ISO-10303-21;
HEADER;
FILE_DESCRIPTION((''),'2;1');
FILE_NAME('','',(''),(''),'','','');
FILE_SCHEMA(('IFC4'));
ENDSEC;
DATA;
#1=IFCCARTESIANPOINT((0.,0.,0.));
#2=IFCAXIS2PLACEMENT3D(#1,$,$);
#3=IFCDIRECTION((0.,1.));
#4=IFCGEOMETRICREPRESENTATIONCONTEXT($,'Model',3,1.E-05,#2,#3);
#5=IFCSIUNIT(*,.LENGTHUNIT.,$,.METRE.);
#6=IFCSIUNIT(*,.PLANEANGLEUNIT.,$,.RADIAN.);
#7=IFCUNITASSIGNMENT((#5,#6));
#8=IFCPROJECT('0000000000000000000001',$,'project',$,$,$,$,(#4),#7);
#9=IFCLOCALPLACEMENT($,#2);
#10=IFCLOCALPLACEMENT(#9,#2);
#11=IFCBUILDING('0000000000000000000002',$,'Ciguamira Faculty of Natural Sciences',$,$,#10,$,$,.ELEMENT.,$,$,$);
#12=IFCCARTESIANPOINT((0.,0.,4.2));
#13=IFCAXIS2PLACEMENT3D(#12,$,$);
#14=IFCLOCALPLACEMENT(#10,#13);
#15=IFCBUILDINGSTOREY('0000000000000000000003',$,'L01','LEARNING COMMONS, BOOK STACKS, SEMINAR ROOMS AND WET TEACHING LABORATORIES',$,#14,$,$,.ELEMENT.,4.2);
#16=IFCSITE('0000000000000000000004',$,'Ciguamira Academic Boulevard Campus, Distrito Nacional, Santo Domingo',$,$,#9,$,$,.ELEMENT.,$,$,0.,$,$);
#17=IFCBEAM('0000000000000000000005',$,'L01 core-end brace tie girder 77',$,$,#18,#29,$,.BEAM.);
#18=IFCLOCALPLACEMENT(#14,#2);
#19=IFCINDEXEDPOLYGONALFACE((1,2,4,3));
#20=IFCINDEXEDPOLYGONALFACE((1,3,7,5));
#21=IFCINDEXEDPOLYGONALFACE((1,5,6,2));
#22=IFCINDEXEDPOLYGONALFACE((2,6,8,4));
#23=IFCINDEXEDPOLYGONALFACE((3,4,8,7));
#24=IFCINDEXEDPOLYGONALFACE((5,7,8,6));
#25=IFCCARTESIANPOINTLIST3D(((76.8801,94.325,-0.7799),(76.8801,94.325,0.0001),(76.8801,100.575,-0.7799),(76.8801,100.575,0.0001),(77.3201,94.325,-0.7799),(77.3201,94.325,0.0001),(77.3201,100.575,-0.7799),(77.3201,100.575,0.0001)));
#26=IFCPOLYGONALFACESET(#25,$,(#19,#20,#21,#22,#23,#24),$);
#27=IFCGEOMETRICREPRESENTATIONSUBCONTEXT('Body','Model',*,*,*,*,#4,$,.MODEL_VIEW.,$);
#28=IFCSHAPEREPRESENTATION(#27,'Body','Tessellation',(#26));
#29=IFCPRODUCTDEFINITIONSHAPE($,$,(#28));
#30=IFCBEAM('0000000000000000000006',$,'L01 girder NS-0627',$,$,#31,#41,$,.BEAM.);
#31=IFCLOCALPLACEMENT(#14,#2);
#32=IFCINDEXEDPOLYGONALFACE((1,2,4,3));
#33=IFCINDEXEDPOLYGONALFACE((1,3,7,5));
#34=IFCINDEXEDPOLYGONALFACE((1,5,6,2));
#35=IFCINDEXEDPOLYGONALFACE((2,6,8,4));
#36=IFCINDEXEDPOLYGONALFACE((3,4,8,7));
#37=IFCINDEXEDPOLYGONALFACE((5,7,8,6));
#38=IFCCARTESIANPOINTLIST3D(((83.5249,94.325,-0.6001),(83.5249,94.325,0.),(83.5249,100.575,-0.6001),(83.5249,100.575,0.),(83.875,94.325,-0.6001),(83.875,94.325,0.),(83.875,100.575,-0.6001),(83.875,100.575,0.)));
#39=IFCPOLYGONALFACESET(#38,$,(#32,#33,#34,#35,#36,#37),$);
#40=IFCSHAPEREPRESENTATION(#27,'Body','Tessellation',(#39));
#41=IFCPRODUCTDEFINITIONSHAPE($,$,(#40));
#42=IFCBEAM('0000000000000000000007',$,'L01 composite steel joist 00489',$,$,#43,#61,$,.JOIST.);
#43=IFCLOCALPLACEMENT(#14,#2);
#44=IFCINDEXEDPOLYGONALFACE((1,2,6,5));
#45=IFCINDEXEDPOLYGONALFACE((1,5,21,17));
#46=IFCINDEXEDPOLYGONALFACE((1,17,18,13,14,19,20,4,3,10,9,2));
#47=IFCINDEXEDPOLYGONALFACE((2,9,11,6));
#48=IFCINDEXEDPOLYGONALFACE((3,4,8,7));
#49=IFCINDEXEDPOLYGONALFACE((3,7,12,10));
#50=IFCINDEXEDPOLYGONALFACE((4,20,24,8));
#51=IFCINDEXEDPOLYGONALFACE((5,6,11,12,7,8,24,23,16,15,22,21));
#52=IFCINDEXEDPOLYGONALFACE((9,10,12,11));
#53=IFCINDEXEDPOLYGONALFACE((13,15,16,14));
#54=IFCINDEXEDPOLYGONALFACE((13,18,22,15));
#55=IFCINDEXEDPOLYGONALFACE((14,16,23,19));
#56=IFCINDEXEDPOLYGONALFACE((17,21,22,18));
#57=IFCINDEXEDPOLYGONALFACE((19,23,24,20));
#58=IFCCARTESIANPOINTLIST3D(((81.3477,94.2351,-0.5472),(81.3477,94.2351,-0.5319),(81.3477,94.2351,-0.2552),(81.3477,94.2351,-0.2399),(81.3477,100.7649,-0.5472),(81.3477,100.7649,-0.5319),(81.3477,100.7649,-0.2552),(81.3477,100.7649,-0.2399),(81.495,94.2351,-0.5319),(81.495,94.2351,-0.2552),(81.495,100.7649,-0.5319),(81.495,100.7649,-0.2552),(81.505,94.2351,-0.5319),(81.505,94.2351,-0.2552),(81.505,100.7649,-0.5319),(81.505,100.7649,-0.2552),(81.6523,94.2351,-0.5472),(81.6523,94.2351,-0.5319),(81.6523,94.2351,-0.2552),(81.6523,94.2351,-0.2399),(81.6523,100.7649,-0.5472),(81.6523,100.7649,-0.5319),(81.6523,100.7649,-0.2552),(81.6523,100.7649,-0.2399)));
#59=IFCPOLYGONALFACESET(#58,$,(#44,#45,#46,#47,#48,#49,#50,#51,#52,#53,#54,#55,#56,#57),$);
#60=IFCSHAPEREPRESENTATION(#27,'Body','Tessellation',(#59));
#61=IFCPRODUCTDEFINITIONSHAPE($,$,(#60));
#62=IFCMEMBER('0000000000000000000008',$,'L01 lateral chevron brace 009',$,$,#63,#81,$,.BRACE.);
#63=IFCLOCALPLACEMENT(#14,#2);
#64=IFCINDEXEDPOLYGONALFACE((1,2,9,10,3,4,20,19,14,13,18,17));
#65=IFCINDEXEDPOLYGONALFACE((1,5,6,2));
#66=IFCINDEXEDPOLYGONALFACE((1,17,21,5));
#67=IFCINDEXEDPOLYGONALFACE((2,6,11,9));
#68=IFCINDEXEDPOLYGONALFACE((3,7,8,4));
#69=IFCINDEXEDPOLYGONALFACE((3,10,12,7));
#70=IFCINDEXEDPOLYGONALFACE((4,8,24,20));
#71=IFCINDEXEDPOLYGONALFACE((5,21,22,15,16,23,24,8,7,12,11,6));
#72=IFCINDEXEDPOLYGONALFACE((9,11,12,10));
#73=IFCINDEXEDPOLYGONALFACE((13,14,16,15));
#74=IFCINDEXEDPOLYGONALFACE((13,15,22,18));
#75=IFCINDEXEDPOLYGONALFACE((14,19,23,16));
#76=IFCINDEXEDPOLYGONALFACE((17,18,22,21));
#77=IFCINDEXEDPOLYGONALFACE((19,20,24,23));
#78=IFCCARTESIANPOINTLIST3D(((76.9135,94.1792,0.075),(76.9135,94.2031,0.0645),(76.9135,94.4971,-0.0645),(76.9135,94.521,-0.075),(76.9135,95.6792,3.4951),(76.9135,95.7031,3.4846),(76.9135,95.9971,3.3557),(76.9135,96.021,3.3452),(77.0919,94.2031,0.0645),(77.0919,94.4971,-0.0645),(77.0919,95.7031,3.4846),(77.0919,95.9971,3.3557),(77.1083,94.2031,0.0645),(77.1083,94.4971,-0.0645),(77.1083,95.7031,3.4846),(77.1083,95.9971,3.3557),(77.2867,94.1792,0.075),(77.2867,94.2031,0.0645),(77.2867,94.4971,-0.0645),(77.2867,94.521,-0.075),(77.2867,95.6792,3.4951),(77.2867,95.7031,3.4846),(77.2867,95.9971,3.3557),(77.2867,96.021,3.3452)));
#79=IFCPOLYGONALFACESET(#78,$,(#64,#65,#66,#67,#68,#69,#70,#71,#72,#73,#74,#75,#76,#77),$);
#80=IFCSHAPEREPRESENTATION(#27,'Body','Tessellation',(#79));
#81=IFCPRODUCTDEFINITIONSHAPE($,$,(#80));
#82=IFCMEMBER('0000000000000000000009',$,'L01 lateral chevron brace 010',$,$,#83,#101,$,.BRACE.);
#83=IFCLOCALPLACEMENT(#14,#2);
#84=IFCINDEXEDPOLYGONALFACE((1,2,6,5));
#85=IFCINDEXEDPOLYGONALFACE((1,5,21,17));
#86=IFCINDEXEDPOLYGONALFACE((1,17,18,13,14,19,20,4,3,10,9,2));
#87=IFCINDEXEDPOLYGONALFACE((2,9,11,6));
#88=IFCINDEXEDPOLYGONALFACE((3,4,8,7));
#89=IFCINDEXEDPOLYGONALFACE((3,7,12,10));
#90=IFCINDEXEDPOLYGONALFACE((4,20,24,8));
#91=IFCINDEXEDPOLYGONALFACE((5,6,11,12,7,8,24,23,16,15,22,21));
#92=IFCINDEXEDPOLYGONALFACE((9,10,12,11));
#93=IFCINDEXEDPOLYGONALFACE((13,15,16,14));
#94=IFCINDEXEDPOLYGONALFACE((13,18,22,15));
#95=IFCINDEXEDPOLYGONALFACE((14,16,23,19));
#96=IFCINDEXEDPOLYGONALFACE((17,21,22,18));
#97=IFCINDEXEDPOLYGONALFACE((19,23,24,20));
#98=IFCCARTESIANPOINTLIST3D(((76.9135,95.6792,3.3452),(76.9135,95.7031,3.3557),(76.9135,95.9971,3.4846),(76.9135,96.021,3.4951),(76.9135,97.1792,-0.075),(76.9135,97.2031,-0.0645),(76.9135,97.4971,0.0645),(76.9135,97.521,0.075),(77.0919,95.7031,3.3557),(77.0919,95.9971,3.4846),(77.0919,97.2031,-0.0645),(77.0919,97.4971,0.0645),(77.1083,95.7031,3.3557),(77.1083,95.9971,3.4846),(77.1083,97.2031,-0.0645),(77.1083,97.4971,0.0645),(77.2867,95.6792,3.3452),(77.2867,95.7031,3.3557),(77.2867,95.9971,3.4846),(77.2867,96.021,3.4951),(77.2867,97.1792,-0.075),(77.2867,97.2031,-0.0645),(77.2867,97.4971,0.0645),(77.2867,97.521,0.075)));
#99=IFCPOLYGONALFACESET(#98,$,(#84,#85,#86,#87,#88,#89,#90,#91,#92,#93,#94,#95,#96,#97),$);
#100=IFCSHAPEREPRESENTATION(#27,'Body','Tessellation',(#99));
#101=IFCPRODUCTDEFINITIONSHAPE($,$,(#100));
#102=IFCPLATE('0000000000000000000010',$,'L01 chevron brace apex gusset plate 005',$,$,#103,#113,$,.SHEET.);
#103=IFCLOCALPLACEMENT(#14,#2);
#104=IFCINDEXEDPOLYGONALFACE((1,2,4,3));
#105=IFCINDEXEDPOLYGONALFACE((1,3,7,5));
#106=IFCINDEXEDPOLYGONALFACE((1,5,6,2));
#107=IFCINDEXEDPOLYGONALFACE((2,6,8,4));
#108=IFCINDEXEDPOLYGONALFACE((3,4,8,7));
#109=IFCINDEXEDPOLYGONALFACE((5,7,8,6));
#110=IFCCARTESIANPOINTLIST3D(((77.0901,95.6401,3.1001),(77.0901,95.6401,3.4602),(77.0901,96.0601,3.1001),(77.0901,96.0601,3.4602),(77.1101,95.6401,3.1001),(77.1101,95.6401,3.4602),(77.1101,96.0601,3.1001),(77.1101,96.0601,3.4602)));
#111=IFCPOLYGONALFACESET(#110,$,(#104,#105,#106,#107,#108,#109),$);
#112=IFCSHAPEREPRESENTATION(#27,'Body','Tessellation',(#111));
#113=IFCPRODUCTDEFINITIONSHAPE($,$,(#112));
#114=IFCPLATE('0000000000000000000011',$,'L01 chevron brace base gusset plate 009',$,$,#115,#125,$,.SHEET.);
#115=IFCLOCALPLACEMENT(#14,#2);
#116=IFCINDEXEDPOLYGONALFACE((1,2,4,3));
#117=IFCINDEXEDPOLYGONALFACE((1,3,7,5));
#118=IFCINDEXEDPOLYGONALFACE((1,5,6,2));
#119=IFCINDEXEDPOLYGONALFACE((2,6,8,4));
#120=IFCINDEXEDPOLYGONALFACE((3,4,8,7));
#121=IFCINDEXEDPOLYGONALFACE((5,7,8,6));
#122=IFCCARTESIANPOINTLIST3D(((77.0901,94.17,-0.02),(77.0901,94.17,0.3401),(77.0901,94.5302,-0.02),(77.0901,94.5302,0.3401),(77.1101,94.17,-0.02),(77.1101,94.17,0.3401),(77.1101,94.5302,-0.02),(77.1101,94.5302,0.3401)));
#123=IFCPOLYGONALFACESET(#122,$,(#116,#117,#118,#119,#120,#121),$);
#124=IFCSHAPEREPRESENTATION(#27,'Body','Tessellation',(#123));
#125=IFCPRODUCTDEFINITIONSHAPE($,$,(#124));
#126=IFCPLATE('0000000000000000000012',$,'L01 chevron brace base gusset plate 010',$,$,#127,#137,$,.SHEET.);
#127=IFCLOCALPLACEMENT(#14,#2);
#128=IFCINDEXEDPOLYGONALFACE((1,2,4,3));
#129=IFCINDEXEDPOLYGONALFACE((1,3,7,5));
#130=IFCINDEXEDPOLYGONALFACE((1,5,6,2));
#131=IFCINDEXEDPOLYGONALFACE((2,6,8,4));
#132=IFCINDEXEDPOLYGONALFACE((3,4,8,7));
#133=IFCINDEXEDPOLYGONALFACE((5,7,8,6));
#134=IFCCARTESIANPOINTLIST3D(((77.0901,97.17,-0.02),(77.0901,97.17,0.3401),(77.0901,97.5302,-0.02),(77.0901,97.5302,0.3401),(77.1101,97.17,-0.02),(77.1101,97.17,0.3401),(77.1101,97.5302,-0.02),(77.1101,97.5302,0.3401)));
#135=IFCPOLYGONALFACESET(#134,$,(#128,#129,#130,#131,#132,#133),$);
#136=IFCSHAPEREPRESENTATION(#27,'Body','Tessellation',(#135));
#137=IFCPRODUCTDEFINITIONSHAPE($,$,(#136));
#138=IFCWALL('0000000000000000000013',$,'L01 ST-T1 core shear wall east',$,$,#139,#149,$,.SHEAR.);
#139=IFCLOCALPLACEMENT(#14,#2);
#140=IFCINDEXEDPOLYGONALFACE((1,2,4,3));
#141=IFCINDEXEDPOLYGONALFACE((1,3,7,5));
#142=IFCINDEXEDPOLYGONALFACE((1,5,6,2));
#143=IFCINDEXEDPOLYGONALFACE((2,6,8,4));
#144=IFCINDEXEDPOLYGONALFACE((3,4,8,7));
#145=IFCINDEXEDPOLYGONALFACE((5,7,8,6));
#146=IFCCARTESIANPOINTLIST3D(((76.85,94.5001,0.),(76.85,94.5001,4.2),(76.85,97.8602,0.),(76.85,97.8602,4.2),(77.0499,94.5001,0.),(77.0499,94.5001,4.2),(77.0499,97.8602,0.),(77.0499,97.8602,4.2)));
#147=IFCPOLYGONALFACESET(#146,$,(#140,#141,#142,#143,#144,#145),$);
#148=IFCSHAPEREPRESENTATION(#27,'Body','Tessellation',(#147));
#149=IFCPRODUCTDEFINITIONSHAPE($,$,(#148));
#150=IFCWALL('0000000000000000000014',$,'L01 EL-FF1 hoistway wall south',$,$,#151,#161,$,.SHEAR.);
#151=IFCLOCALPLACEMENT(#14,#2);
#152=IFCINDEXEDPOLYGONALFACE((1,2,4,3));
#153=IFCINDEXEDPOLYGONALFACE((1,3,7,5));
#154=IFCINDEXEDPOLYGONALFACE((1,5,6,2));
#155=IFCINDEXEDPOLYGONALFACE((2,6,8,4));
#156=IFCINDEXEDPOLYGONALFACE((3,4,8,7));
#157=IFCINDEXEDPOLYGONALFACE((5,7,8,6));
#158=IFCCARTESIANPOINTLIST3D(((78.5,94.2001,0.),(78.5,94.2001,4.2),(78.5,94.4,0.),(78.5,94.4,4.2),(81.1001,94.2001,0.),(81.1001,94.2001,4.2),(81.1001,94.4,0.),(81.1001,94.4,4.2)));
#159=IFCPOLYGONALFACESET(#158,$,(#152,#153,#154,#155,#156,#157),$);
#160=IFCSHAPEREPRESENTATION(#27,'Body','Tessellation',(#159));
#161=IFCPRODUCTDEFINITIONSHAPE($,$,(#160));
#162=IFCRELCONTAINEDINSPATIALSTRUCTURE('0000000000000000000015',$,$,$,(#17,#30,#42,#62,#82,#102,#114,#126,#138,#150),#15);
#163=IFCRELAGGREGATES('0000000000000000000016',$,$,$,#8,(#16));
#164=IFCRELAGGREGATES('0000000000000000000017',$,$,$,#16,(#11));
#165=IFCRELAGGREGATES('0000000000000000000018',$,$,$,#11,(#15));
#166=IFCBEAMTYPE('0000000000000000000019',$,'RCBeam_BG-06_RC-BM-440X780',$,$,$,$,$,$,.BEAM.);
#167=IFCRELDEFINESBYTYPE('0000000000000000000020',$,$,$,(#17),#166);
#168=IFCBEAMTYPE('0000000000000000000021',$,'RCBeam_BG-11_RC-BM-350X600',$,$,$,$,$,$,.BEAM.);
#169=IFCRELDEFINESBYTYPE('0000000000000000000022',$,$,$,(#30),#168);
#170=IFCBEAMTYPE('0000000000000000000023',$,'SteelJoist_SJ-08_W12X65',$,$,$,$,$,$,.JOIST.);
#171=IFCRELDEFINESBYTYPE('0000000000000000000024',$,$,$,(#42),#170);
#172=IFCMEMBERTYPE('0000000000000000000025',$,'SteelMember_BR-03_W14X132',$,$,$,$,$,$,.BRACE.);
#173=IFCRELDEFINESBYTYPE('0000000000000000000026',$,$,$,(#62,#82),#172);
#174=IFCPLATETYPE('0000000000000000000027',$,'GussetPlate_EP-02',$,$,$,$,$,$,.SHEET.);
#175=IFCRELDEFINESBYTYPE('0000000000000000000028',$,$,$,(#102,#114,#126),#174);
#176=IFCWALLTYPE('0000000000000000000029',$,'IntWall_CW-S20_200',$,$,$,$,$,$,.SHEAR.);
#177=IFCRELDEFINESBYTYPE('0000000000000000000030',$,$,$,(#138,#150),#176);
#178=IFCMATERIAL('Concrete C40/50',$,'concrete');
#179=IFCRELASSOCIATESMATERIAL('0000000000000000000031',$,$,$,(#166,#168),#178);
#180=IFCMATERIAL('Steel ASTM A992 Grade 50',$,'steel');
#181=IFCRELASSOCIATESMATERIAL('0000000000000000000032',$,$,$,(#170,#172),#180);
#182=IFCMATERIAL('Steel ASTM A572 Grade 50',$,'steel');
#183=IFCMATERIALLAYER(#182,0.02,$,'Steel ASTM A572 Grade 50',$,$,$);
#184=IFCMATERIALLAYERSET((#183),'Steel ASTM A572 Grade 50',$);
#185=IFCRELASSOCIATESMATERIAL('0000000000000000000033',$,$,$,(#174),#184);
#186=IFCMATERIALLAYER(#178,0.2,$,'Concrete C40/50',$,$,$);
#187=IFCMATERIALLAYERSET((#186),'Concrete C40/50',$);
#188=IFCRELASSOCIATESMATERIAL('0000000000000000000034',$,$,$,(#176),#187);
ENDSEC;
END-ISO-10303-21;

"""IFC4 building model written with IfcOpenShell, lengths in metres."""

from ifc_helpers import new_model, si_unit, direction, frame, frame_2d, origin, origin_2d, place, context, subcontext, project, spatial, rectangle, i_section, extrude, material, layer, layer_set, material_profile, profile_set, type_object, element, save


model = new_model("IFC4")

# Units and contexts
model_context = context("Model", 3, precision=1e-05, world=origin(), true_north=direction((0.0, 1.0)))
body_context = subcontext(model_context, "Body", "Model", "MODEL_VIEW")
ifc_project = project(units=[si_unit("LENGTHUNIT", "METRE"), si_unit("PLANEANGLEUNIT", "RADIAN")], contexts=[model_context])

# Site, building, storey
site_placement = place(None, origin())
site = spatial("IfcSite", under=ifc_project, at=site_placement, Name="Ciguamira Academic Boulevard Campus, Distrito Nacional, Santo Domingo", CompositionType="ELEMENT", RefElevation=0.0)
building_placement = place(site_placement, origin())
building = spatial("IfcBuilding", under=site, at=building_placement, Name="Ciguamira Faculty of Natural Sciences", CompositionType="ELEMENT")
storey_placement = place(building_placement, frame((0.0, 0.0, 4.2)))
storey = spatial("IfcBuildingStorey", under=building, at=storey_placement, Name="L01", Description="LEARNING COMMONS, BOOK STACKS, SEMINAR ROOMS AND WET TEACHING LABORATORIES", CompositionType="ELEMENT", Elevation=4.2)

# Beams
ifc_material_1 = material(Name="Concrete C40/50", Category="concrete")
ifc_material_profile_1 = material_profile(ifc_material_1, rectangle(XDim=0.4399, YDim=0.78, at=origin_2d()), Name="RC-BM-440X780")
ifc_profile_set_1 = profile_set([ifc_material_profile_1], Name="Concrete C40/50")
beam_type_1 = type_object("IfcBeamType", Name="RCBeam_BG-06_RC-BM-440X780", PredefinedType="BEAM", material=ifc_profile_set_1)
beam_1_placement = place(storey_placement, frame((77.1001, 94.325, -0.3899), z_axis=(0.0, 1.0, 0.0), x_axis=(-1.0, 0.0, 0.0)))
element("IfcBeam", 1, at=beam_1_placement, inside=storey, type_object=beam_type_1, Name="L01 core-end brace tie girder 77", PredefinedType="BEAM", context=body_context, shape_type="SweptSolid", body=[
    extrude(rectangle(XDim=0.4399, YDim=0.78, at=origin_2d()), origin(), (0.0, 0.0, 1.0), 6.25),
])
ifc_material_profile_2 = material_profile(ifc_material_1, rectangle(XDim=0.3501, YDim=0.6001, at=origin_2d()), Name="RC-BM-350X600")
ifc_profile_set_2 = profile_set([ifc_material_profile_2], Name="Concrete C40/50")
beam_type_2 = type_object("IfcBeamType", Name="RCBeam_BG-11_RC-BM-350X600", PredefinedType="BEAM", material=ifc_profile_set_2)
beam_2_placement = place(storey_placement, frame((83.7, 94.325, -0.3), z_axis=(0.0, 1.0, 0.0), x_axis=(-1.0, 0.0, 0.0)))
element("IfcBeam", 2, at=beam_2_placement, inside=storey, type_object=beam_type_2, Name="L01 girder NS-0627", PredefinedType="BEAM", context=body_context, shape_type="SweptSolid", body=[
    extrude(rectangle(XDim=0.3501, YDim=0.6001, at=origin_2d()), origin(), (0.0, 0.0, 1.0), 6.25),
])
ifc_material_2 = material(Name="Steel ASTM A992 Grade 50", Category="steel")
ifc_material_profile_3 = material_profile(ifc_material_2, i_section(OverallWidth=0.3047, OverallDepth=0.3074, WebThickness=0.01, FlangeThickness=0.0154, at=origin_2d()), Name="W12X65")
ifc_profile_set_3 = profile_set([ifc_material_profile_3], Name="Steel ASTM A992 Grade 50")
beam_type_3 = type_object("IfcBeamType", Name="SteelJoist_SJ-08_W12X65", PredefinedType="JOIST", material=ifc_profile_set_3)
beam_3_placement = place(storey_placement, frame((81.5, 94.2351, -0.3936), z_axis=(0.0, 1.0, 0.0), x_axis=(-1.0, 0.0, 0.0)))
element("IfcBeam", 3, at=beam_3_placement, inside=storey, type_object=beam_type_3, Name="L01 composite steel joist 00489", PredefinedType="JOIST", context=body_context, shape_type="SweptSolid", body=[
    extrude(i_section(OverallWidth=0.3047, OverallDepth=0.3074, WebThickness=0.01, FlangeThickness=0.0154, at=origin_2d()), origin(), (0.0, 0.0, 1.0), 6.5298),
])

# Members
ifc_material_profile_4 = material_profile(ifc_material_2, i_section(OverallWidth=0.3733, OverallDepth=0.3733, WebThickness=0.0164, FlangeThickness=0.0261, at=origin_2d()), Name="W14X132")
ifc_profile_set_4 = profile_set([ifc_material_profile_4], Name="Steel ASTM A992 Grade 50")
member_type = type_object("IfcMemberType", Name="SteelMember_BR-03_W14X132", PredefinedType="BRACE", material=ifc_profile_set_4)
for number, where, z_axis, x_axis, name in (
    (4, (77.1001, 94.3501, 0.0), (0.0, 0.401645, 0.915795), (-1.0, 0.0, 0.0), "L01 lateral chevron brace 009"),
    (5, (77.1001, 97.3501, 0.0), (0.0, -0.401645, 0.915795), (1.0, 0.0, 0.0), "L01 lateral chevron brace 010"),
):
    element("IfcMember", number, at=place(storey_placement, frame(where, z_axis=z_axis, x_axis=x_axis)), inside=storey, type_object=member_type, Name=name, PredefinedType="BRACE", context=body_context, shape_type="SweptSolid", body=[
        extrude(i_section(OverallWidth=0.3733, OverallDepth=0.3733, WebThickness=0.0164, FlangeThickness=0.0261, at=origin_2d()), origin(), (0.0, 0.0, 1.0), 3.7346),
    ])

# Plates
ifc_material_3 = material(Name="Steel ASTM A572 Grade 50", Category="steel")
ifc_layer_1 = layer(ifc_material_3, 0.02, Name="Steel ASTM A572 Grade 50")
ifc_layer_set_1 = layer_set([ifc_layer_1], Name="Steel ASTM A572 Grade 50")
plate_type = type_object("IfcPlateType", Name="GussetPlate_EP-02", PredefinedType="SHEET", material=ifc_layer_set_1)
plate_placement = place(storey_placement, frame((77.1001, 95.8501, 3.1001), z_axis=(0.0, 0.0, 1.0), x_axis=(1.0, 0.0, 0.0)))
element("IfcPlate", 6, at=plate_placement, inside=storey, type_object=plate_type, Name="L01 chevron brace apex gusset plate 005", PredefinedType="SHEET", context=body_context, shape_type="SweptSolid", body=[
    extrude(rectangle(XDim=0.02, YDim=0.4199, at=origin_2d()), origin(), (0.0, 0.0, 1.0), 0.3601),
])
for number, where, z_axis, x_axis, name in (
    (7, (77.1001, 94.3501, -0.02), (0.0, 0.0, 1.0), (1.0, 0.0, 0.0), "L01 chevron brace base gusset plate 009"),
    (8, (77.1001, 97.3501, -0.02), (0.0, 0.0, 1.0), (1.0, 0.0, 0.0), "L01 chevron brace base gusset plate 010"),
):
    element("IfcPlate", number, at=place(storey_placement, frame(where, z_axis=z_axis, x_axis=x_axis)), inside=storey, type_object=plate_type, Name=name, PredefinedType="SHEET", context=body_context, shape_type="SweptSolid", body=[
        extrude(rectangle(XDim=0.02, YDim=0.3601, at=origin_2d()), origin(), (0.0, 0.0, 1.0), 0.3601),
    ])

# Walls
ifc_layer_2 = layer(ifc_material_1, 0.2, Name="Concrete C40/50")
ifc_layer_set_2 = layer_set([ifc_layer_2], Name="Concrete C40/50")
wall_type = type_object("IfcWallType", Name="IntWall_CW-S20_200", PredefinedType="SHEAR", material=ifc_layer_set_2)
wall_1_placement = place(storey_placement, frame((76.95, 94.5, 0.0), z_axis=(0.0, 0.0, 1.0), x_axis=(0.0, 1.0, 0.0)))
element("IfcWall", 9, at=wall_1_placement, inside=storey, type_object=wall_type, Name="L01 ST-T1 core shear wall east", PredefinedType="SHEAR", context=body_context, shape_type="SweptSolid", body=[
    extrude(rectangle(XDim=3.3601, YDim=0.2, at=frame_2d((1.6802, 0.0))), origin(), (0.0, 0.0, 1.0), 4.2),
])
wall_2_placement = place(storey_placement, frame((78.5, 94.3, 0.0), z_axis=(0.0, 0.0, 1.0), x_axis=(1.0, 0.0, 0.0)))
element("IfcWall", 10, at=wall_2_placement, inside=storey, type_object=wall_type, Name="L01 EL-FF1 hoistway wall south", PredefinedType="SHEAR", context=body_context, shape_type="SweptSolid", body=[
    extrude(rectangle(XDim=2.6001, YDim=0.2, at=frame_2d((1.3, 0.0))), origin(), (0.0, 0.0, 1.0), 4.2),
])

save(model, "model.ifc")
